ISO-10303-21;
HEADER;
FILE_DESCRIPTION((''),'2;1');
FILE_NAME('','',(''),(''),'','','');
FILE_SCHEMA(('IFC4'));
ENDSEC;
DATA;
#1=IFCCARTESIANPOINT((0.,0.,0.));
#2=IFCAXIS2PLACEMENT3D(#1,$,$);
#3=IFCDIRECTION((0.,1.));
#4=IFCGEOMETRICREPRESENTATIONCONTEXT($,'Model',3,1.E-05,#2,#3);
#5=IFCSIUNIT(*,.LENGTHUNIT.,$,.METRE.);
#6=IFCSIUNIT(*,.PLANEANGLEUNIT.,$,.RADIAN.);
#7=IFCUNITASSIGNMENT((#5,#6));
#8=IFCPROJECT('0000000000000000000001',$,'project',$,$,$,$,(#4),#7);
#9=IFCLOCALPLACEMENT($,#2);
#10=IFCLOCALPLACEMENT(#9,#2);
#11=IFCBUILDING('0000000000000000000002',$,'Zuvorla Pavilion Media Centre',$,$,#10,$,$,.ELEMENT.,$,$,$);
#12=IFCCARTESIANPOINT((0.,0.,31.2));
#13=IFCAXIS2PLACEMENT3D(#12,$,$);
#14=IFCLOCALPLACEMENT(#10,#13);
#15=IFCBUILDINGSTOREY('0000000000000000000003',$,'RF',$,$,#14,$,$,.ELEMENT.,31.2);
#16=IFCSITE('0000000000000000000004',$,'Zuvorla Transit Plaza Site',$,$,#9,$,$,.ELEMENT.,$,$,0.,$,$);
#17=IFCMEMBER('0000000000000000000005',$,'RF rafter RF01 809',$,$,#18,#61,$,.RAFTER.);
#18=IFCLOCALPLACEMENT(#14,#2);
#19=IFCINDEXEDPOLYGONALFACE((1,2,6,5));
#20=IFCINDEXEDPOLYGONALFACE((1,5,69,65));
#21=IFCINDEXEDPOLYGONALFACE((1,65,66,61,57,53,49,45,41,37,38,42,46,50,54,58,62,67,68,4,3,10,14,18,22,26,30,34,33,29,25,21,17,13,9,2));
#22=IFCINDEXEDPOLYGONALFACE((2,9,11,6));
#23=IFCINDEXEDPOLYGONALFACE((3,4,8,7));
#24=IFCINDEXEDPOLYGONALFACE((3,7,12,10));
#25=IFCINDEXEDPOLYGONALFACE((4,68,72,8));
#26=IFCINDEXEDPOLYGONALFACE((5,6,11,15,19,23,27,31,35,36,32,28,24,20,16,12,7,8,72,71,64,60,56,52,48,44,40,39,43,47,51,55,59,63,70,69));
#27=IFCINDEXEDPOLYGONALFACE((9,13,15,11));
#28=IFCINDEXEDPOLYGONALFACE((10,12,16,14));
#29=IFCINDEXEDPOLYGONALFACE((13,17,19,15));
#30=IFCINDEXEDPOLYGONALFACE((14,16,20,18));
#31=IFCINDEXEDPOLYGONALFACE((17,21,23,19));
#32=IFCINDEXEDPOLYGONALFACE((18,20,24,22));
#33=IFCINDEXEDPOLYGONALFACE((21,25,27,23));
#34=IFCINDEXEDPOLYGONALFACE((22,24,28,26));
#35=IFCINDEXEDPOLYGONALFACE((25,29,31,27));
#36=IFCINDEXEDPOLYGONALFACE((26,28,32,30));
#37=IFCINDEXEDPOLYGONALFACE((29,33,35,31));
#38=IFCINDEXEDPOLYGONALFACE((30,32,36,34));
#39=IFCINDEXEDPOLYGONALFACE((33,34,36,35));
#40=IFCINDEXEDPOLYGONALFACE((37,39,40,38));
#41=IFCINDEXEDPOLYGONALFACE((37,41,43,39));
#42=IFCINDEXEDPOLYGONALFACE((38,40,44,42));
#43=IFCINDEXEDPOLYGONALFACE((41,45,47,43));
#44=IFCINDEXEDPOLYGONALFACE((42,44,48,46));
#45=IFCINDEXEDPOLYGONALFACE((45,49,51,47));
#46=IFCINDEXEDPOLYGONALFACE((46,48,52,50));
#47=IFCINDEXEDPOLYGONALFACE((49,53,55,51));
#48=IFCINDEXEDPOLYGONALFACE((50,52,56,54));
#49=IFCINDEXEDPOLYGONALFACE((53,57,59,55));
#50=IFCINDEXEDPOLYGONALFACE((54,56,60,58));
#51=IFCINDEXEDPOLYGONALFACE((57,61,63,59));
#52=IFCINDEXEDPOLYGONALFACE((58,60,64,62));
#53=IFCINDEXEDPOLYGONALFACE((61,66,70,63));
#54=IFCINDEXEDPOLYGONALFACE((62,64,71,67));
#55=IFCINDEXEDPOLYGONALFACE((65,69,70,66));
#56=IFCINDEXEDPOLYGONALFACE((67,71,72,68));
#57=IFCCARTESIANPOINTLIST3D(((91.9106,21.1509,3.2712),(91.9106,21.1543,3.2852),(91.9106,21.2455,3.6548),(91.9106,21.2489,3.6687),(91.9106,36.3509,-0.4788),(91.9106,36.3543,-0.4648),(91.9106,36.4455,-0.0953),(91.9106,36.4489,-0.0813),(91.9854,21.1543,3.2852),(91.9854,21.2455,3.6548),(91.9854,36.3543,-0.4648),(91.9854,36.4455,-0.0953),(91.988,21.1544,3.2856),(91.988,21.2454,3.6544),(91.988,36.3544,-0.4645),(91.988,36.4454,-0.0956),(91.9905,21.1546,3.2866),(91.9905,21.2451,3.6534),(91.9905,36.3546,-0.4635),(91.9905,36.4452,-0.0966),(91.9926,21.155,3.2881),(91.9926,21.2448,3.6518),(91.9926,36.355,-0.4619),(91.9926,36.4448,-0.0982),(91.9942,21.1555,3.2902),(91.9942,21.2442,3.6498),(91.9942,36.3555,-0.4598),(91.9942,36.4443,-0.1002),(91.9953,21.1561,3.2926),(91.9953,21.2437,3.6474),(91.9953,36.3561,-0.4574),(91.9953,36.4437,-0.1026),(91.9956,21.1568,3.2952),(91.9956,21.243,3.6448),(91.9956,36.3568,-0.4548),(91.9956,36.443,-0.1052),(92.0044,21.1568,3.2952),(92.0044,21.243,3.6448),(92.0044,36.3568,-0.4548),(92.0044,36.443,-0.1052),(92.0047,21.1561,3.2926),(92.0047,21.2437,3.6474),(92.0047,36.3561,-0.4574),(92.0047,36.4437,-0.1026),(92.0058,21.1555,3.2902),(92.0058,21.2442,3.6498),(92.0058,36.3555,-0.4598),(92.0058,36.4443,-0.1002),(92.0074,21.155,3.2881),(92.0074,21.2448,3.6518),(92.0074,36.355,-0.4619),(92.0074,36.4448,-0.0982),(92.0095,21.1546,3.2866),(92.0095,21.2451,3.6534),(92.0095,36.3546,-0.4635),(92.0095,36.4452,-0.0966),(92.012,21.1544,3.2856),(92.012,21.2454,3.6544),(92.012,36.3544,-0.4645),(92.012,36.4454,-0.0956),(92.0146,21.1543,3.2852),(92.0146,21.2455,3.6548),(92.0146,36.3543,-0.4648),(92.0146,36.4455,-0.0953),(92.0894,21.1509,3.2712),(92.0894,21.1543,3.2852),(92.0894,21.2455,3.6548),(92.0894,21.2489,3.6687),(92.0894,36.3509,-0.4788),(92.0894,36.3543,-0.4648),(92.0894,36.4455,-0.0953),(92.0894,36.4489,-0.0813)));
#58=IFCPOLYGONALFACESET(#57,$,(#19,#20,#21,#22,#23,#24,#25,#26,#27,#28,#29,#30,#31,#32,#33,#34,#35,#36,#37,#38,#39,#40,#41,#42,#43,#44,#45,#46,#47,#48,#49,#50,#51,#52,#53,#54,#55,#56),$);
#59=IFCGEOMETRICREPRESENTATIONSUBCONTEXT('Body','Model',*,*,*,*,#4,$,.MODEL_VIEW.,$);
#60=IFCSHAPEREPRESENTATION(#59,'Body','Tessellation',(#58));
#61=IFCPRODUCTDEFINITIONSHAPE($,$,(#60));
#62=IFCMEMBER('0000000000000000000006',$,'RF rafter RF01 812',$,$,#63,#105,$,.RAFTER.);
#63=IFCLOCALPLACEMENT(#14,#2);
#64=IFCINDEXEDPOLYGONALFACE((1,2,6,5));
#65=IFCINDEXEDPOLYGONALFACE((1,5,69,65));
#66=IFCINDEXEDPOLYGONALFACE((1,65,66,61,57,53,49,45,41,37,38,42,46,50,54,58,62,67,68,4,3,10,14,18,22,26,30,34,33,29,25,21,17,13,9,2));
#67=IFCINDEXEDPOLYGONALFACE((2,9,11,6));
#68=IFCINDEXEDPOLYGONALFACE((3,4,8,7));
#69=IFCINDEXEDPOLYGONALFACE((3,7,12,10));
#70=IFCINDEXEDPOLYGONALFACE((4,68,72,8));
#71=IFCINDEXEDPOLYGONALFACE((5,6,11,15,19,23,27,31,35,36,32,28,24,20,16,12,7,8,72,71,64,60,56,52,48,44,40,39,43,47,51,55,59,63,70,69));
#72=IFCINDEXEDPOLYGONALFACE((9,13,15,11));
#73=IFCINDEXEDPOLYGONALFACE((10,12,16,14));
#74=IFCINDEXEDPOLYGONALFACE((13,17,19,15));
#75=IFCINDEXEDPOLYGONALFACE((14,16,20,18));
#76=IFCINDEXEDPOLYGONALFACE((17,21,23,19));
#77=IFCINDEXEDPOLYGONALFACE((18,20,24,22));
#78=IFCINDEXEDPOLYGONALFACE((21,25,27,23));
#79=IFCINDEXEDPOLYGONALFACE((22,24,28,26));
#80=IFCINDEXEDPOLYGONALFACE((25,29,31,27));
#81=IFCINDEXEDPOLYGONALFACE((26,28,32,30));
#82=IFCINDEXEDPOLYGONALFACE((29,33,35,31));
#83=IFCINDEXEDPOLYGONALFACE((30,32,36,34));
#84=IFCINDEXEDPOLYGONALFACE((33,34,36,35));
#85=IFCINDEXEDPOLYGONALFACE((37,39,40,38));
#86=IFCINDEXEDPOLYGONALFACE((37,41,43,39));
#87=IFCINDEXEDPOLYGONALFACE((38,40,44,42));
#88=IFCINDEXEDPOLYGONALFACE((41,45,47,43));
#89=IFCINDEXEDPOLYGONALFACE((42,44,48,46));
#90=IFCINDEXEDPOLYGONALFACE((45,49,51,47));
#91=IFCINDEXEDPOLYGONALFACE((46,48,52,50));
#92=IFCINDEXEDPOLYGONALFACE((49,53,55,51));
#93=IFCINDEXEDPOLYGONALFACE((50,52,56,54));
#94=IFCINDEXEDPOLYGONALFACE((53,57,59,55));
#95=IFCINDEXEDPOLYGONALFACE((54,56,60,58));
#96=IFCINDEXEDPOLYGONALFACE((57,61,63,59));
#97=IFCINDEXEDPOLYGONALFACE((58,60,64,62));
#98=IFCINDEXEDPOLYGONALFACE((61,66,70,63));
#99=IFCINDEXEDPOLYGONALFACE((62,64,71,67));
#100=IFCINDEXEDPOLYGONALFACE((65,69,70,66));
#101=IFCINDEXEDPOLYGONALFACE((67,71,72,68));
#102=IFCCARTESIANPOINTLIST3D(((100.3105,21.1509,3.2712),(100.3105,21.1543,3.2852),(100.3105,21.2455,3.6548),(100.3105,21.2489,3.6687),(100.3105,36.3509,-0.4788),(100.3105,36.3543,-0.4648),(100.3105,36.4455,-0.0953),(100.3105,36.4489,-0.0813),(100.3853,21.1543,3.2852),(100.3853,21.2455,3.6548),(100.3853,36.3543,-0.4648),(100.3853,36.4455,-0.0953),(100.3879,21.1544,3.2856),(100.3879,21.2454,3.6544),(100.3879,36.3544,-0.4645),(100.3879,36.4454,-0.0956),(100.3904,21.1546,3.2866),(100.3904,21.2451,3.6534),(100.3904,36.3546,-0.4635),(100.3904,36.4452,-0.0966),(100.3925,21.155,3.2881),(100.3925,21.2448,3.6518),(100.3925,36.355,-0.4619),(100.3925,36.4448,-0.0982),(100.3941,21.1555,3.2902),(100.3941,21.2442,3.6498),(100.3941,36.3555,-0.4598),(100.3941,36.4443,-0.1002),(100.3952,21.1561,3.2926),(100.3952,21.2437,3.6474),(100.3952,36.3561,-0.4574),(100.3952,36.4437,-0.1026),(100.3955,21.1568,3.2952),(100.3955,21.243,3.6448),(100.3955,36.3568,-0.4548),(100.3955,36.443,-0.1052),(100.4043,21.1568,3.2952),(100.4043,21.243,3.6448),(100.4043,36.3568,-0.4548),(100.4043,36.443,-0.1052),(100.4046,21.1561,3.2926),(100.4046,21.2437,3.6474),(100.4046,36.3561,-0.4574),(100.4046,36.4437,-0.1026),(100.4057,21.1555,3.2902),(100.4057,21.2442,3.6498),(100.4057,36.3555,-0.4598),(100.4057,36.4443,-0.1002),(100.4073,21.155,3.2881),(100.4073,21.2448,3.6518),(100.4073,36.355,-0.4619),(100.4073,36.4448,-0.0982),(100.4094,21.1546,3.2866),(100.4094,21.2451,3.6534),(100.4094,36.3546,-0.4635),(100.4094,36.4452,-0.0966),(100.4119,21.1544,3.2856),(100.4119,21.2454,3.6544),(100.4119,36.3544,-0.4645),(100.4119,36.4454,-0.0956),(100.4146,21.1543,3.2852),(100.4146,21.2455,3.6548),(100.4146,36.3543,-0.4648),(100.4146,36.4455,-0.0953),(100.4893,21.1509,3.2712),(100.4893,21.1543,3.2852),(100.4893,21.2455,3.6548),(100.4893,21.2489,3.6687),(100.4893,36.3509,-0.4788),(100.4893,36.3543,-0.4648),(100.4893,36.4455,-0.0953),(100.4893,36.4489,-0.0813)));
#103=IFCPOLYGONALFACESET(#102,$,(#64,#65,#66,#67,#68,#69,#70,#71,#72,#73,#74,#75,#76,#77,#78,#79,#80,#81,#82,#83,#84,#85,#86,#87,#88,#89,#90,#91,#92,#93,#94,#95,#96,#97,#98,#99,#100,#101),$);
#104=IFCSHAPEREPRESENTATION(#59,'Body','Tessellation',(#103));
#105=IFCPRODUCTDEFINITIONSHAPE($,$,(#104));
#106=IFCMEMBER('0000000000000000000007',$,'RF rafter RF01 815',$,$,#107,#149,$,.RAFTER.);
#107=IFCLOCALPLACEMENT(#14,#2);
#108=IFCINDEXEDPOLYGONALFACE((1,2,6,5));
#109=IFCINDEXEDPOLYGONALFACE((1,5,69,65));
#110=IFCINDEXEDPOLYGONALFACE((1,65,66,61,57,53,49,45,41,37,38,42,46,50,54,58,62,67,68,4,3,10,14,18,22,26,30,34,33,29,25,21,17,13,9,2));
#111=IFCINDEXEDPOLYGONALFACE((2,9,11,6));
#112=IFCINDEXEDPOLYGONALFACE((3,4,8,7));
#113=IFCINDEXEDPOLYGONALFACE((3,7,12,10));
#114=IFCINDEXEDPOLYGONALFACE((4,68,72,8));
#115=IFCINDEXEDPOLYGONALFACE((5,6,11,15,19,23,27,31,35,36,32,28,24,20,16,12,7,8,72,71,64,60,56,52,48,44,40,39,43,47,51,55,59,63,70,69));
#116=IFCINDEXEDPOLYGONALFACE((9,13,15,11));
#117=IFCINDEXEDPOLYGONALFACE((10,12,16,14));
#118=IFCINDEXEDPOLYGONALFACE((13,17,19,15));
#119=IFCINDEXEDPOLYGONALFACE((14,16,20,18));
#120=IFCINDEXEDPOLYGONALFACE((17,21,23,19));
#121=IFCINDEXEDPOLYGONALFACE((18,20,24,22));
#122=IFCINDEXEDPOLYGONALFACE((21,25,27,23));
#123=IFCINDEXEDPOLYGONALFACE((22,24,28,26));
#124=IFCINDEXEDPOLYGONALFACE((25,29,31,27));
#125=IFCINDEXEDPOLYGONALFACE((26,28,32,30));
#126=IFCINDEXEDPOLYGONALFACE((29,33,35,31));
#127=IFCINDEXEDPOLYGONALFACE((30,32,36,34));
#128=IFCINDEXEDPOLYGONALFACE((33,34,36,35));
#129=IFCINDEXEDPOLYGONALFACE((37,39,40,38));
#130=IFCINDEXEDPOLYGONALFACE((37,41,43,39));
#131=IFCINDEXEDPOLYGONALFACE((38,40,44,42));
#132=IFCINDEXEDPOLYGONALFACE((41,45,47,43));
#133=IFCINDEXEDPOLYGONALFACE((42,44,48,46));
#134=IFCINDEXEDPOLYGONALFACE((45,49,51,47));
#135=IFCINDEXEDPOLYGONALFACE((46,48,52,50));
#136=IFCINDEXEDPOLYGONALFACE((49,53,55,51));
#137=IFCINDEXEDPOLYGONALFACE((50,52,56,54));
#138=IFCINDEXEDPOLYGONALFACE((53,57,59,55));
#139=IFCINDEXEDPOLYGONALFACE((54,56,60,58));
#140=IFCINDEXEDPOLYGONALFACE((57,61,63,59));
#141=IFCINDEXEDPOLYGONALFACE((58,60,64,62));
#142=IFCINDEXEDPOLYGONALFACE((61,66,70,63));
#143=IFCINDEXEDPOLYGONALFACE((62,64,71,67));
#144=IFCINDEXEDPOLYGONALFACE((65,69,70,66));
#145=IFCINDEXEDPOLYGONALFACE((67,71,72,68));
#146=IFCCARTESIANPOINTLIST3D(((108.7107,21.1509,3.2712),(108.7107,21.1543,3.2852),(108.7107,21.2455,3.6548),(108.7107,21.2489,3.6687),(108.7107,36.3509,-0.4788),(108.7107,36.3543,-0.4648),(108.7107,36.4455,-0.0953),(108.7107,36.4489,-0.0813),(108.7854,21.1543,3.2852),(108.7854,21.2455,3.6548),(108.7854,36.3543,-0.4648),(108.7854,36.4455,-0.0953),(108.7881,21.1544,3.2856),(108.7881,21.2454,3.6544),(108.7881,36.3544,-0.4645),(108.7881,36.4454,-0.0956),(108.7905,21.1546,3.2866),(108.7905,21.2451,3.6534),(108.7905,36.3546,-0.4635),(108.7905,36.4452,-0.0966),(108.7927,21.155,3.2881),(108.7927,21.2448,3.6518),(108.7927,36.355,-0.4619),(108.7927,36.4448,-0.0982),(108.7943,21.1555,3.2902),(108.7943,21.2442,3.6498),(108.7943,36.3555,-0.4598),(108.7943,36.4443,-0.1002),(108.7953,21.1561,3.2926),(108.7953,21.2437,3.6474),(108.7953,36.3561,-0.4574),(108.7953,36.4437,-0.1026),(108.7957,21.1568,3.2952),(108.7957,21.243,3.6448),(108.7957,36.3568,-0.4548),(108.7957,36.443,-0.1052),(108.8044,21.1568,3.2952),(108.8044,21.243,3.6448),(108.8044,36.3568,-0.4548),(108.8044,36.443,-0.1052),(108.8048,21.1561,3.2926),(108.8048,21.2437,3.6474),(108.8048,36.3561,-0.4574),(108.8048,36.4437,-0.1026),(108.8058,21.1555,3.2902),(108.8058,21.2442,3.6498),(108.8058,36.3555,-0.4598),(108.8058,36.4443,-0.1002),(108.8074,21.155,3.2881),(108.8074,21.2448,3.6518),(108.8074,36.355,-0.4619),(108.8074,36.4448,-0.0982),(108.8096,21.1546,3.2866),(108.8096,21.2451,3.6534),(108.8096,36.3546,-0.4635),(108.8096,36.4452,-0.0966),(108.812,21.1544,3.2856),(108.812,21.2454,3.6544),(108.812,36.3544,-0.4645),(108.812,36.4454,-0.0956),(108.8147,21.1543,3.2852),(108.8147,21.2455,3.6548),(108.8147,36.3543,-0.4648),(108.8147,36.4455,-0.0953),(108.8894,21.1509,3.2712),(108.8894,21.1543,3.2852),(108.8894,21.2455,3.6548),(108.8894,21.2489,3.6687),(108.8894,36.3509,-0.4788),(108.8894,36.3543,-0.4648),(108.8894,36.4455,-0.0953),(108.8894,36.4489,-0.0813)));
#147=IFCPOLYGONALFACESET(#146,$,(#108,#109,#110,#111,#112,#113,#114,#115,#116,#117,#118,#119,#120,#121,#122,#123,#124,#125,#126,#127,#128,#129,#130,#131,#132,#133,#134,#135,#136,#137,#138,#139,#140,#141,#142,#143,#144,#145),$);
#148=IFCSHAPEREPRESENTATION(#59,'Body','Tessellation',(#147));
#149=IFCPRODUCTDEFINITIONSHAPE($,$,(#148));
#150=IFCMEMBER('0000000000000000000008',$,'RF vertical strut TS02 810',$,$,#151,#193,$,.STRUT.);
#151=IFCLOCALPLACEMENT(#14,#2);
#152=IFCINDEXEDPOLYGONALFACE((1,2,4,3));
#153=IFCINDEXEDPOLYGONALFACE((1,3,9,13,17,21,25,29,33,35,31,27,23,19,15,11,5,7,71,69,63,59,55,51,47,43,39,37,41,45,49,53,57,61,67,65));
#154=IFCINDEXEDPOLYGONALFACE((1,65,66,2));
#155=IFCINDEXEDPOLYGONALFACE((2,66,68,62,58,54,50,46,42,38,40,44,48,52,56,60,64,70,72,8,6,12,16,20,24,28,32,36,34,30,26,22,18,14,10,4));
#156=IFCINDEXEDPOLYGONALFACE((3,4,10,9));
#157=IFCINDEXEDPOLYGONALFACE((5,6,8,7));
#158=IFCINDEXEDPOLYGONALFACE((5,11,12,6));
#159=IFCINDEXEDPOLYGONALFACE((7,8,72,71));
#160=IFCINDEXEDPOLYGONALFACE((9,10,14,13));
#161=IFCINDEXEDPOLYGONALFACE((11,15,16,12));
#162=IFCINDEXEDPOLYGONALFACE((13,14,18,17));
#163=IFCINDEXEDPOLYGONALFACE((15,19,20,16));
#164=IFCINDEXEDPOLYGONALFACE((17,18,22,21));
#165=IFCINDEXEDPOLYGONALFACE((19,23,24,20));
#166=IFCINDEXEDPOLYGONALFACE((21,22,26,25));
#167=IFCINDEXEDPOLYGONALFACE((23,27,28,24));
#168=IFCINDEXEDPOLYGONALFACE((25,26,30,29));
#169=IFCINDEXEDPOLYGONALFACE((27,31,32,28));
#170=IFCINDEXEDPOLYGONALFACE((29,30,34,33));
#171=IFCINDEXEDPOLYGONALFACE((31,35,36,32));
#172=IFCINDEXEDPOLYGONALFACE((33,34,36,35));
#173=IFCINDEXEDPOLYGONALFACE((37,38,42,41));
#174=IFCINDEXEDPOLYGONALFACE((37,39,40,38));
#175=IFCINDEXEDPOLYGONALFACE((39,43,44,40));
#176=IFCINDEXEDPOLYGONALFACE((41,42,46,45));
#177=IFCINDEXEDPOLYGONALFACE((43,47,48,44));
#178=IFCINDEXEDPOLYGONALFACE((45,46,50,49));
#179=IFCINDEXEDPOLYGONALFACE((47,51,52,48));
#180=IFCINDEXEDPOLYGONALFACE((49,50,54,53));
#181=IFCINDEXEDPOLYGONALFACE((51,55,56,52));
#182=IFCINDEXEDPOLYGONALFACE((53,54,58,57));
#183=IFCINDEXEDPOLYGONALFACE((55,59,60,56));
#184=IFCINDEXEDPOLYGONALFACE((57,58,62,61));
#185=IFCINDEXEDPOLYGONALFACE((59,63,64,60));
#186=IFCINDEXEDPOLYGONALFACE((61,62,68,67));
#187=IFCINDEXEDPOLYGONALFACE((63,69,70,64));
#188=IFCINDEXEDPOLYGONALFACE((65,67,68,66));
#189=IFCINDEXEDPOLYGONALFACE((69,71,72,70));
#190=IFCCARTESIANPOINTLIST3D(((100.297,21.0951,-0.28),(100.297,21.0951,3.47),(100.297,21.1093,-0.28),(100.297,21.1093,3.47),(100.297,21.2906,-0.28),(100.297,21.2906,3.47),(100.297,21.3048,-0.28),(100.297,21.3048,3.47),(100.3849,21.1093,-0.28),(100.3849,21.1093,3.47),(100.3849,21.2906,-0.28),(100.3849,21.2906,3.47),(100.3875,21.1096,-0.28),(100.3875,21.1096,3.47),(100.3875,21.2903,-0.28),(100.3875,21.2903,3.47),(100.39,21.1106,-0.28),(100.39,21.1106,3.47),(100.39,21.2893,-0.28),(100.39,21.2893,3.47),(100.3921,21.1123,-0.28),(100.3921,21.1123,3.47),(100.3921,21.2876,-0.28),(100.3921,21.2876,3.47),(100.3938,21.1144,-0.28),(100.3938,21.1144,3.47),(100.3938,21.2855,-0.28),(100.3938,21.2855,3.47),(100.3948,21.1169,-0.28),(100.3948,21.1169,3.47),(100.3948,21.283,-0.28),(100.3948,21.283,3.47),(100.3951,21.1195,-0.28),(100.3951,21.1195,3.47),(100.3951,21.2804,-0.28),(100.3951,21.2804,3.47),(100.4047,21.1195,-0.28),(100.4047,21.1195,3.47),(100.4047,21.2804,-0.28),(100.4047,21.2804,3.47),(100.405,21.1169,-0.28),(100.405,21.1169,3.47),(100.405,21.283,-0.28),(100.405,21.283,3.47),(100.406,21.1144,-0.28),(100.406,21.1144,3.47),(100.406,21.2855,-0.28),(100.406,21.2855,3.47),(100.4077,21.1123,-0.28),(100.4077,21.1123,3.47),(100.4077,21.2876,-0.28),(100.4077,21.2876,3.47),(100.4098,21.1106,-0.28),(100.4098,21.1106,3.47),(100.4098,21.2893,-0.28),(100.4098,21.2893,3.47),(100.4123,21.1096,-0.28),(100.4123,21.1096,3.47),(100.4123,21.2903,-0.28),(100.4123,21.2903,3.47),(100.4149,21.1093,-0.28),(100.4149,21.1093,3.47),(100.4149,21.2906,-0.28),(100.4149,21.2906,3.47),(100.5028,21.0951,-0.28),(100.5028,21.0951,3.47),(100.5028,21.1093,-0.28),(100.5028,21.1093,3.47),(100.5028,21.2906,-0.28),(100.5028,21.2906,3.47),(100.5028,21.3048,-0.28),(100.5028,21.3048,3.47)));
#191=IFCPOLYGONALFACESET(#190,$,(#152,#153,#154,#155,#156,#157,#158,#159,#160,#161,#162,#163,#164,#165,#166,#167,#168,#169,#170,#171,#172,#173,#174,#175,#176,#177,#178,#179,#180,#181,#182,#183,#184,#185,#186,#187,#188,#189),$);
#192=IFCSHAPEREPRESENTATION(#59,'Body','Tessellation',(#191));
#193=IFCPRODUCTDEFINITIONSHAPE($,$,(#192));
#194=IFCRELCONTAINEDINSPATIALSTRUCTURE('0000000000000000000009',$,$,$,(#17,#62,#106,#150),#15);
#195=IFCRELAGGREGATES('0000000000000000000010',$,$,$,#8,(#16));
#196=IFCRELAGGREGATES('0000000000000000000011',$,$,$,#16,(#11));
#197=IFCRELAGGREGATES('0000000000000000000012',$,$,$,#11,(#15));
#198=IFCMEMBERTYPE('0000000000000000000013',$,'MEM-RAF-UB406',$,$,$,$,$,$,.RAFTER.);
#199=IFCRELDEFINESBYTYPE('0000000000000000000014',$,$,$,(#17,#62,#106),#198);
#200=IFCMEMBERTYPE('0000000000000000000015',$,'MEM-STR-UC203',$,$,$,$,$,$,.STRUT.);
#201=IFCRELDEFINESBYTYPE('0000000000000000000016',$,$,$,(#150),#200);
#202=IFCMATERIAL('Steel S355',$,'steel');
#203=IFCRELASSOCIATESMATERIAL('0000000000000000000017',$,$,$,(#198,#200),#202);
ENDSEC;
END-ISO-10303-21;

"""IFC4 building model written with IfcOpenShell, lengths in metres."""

from ifc_helpers import new_model, si_unit, direction, frame, origin, origin_2d, place, context, subcontext, project, spatial, i_section, extrude, material, material_profile, profile_set, type_object, element, save


model = new_model("IFC4")

# Units and contexts
model_context = context("Model", 3, precision=1e-05, world=origin(), true_north=direction((0.0, 1.0)))
body_context = subcontext(model_context, "Body", "Model", "MODEL_VIEW")
ifc_project = project(units=[si_unit("LENGTHUNIT", "METRE"), si_unit("PLANEANGLEUNIT", "RADIAN")], contexts=[model_context])

# Site, building, storey
site_placement = place(None, origin())
site = spatial("IfcSite", under=ifc_project, at=site_placement, Name="Zuvorla Transit Plaza Site", CompositionType="ELEMENT", RefElevation=0.0)
building_placement = place(site_placement, origin())
building = spatial("IfcBuilding", under=site, at=building_placement, Name="Zuvorla Pavilion Media Centre", CompositionType="ELEMENT")
storey_placement = place(building_placement, frame((0.0, 0.0, 31.2)))
storey = spatial("IfcBuildingStorey", under=building, at=storey_placement, Name="RF", CompositionType="ELEMENT", Elevation=31.2)

# Shared definitions
ifc_material_1 = material(Name="Steel S355", Category="steel")

# Members
ifc_material_profile_1 = material_profile(ifc_material_1, i_section(OverallWidth=0.1787, OverallDepth=0.4094, WebThickness=0.0088, FlangeThickness=0.0144, FilletRadius=0.0103, at=origin_2d()), Name="UB 406x178x67")
ifc_profile_set_1 = profile_set([ifc_material_profile_1], Name="Steel S355")
member_type_1 = type_object("IfcMemberType", Name="MEM-RAF-UB406", PredefinedType="RAFTER", material=ifc_profile_set_1)
for number, where, z_axis, x_axis, name in (
    (1, (92.0, 36.3999, -0.28), (0.0, -0.970889, 0.239529), (1.0, 0.0, 0.0), "RF rafter RF01 809"),
    (2, (100.3999, 36.3999, -0.28), (0.0, -0.970889, 0.239529), (1.0, 0.0, 0.0), "RF rafter RF01 812"),
    (3, (108.8, 36.3999, -0.28), (0.0, -0.970889, 0.239529), (1.0, 0.0, 0.0), "RF rafter RF01 815"),
):
    element("IfcMember", number, at=place(storey_placement, frame(where, z_axis=z_axis, x_axis=x_axis)), inside=storey, type_object=member_type_1, Name=name, PredefinedType="RAFTER", context=body_context, shape_type="SweptSolid", body=[
        extrude(i_section(OverallWidth=0.1787, OverallDepth=0.4094, WebThickness=0.0088, FlangeThickness=0.0144, FilletRadius=0.0103, at=origin_2d()), origin(), (0.0, 0.0, 1.0), 15.6558),
    ])
ifc_material_profile_2 = material_profile(ifc_material_1, i_section(OverallWidth=0.2058, OverallDepth=0.2097, WebThickness=0.0095, FlangeThickness=0.0142, FilletRadius=0.0103, at=origin_2d()), Name="UC 203x203x60")
ifc_profile_set_2 = profile_set([ifc_material_profile_2], Name="Steel S355")
member_type_2 = type_object("IfcMemberType", Name="MEM-STR-UC203", PredefinedType="STRUT", material=ifc_profile_set_2)
for number, where, z_axis, x_axis, name in (
    (4, (100.3999, 21.2, -0.28), (0.0, 0.0, 1.0), (1.0, 0.0, 0.0), "RF vertical strut TS02 810"),
):
    element("IfcMember", number, at=place(storey_placement, frame(where, z_axis=z_axis, x_axis=x_axis)), inside=storey, type_object=member_type_2, Name=name, PredefinedType="STRUT", context=body_context, shape_type="SweptSolid", body=[
        extrude(i_section(OverallWidth=0.2058, OverallDepth=0.2097, WebThickness=0.0095, FlangeThickness=0.0142, FilletRadius=0.0103, at=origin_2d()), origin(), (0.0, 0.0, 1.0), 3.75),
    ])

save(model, "model.ifc")
